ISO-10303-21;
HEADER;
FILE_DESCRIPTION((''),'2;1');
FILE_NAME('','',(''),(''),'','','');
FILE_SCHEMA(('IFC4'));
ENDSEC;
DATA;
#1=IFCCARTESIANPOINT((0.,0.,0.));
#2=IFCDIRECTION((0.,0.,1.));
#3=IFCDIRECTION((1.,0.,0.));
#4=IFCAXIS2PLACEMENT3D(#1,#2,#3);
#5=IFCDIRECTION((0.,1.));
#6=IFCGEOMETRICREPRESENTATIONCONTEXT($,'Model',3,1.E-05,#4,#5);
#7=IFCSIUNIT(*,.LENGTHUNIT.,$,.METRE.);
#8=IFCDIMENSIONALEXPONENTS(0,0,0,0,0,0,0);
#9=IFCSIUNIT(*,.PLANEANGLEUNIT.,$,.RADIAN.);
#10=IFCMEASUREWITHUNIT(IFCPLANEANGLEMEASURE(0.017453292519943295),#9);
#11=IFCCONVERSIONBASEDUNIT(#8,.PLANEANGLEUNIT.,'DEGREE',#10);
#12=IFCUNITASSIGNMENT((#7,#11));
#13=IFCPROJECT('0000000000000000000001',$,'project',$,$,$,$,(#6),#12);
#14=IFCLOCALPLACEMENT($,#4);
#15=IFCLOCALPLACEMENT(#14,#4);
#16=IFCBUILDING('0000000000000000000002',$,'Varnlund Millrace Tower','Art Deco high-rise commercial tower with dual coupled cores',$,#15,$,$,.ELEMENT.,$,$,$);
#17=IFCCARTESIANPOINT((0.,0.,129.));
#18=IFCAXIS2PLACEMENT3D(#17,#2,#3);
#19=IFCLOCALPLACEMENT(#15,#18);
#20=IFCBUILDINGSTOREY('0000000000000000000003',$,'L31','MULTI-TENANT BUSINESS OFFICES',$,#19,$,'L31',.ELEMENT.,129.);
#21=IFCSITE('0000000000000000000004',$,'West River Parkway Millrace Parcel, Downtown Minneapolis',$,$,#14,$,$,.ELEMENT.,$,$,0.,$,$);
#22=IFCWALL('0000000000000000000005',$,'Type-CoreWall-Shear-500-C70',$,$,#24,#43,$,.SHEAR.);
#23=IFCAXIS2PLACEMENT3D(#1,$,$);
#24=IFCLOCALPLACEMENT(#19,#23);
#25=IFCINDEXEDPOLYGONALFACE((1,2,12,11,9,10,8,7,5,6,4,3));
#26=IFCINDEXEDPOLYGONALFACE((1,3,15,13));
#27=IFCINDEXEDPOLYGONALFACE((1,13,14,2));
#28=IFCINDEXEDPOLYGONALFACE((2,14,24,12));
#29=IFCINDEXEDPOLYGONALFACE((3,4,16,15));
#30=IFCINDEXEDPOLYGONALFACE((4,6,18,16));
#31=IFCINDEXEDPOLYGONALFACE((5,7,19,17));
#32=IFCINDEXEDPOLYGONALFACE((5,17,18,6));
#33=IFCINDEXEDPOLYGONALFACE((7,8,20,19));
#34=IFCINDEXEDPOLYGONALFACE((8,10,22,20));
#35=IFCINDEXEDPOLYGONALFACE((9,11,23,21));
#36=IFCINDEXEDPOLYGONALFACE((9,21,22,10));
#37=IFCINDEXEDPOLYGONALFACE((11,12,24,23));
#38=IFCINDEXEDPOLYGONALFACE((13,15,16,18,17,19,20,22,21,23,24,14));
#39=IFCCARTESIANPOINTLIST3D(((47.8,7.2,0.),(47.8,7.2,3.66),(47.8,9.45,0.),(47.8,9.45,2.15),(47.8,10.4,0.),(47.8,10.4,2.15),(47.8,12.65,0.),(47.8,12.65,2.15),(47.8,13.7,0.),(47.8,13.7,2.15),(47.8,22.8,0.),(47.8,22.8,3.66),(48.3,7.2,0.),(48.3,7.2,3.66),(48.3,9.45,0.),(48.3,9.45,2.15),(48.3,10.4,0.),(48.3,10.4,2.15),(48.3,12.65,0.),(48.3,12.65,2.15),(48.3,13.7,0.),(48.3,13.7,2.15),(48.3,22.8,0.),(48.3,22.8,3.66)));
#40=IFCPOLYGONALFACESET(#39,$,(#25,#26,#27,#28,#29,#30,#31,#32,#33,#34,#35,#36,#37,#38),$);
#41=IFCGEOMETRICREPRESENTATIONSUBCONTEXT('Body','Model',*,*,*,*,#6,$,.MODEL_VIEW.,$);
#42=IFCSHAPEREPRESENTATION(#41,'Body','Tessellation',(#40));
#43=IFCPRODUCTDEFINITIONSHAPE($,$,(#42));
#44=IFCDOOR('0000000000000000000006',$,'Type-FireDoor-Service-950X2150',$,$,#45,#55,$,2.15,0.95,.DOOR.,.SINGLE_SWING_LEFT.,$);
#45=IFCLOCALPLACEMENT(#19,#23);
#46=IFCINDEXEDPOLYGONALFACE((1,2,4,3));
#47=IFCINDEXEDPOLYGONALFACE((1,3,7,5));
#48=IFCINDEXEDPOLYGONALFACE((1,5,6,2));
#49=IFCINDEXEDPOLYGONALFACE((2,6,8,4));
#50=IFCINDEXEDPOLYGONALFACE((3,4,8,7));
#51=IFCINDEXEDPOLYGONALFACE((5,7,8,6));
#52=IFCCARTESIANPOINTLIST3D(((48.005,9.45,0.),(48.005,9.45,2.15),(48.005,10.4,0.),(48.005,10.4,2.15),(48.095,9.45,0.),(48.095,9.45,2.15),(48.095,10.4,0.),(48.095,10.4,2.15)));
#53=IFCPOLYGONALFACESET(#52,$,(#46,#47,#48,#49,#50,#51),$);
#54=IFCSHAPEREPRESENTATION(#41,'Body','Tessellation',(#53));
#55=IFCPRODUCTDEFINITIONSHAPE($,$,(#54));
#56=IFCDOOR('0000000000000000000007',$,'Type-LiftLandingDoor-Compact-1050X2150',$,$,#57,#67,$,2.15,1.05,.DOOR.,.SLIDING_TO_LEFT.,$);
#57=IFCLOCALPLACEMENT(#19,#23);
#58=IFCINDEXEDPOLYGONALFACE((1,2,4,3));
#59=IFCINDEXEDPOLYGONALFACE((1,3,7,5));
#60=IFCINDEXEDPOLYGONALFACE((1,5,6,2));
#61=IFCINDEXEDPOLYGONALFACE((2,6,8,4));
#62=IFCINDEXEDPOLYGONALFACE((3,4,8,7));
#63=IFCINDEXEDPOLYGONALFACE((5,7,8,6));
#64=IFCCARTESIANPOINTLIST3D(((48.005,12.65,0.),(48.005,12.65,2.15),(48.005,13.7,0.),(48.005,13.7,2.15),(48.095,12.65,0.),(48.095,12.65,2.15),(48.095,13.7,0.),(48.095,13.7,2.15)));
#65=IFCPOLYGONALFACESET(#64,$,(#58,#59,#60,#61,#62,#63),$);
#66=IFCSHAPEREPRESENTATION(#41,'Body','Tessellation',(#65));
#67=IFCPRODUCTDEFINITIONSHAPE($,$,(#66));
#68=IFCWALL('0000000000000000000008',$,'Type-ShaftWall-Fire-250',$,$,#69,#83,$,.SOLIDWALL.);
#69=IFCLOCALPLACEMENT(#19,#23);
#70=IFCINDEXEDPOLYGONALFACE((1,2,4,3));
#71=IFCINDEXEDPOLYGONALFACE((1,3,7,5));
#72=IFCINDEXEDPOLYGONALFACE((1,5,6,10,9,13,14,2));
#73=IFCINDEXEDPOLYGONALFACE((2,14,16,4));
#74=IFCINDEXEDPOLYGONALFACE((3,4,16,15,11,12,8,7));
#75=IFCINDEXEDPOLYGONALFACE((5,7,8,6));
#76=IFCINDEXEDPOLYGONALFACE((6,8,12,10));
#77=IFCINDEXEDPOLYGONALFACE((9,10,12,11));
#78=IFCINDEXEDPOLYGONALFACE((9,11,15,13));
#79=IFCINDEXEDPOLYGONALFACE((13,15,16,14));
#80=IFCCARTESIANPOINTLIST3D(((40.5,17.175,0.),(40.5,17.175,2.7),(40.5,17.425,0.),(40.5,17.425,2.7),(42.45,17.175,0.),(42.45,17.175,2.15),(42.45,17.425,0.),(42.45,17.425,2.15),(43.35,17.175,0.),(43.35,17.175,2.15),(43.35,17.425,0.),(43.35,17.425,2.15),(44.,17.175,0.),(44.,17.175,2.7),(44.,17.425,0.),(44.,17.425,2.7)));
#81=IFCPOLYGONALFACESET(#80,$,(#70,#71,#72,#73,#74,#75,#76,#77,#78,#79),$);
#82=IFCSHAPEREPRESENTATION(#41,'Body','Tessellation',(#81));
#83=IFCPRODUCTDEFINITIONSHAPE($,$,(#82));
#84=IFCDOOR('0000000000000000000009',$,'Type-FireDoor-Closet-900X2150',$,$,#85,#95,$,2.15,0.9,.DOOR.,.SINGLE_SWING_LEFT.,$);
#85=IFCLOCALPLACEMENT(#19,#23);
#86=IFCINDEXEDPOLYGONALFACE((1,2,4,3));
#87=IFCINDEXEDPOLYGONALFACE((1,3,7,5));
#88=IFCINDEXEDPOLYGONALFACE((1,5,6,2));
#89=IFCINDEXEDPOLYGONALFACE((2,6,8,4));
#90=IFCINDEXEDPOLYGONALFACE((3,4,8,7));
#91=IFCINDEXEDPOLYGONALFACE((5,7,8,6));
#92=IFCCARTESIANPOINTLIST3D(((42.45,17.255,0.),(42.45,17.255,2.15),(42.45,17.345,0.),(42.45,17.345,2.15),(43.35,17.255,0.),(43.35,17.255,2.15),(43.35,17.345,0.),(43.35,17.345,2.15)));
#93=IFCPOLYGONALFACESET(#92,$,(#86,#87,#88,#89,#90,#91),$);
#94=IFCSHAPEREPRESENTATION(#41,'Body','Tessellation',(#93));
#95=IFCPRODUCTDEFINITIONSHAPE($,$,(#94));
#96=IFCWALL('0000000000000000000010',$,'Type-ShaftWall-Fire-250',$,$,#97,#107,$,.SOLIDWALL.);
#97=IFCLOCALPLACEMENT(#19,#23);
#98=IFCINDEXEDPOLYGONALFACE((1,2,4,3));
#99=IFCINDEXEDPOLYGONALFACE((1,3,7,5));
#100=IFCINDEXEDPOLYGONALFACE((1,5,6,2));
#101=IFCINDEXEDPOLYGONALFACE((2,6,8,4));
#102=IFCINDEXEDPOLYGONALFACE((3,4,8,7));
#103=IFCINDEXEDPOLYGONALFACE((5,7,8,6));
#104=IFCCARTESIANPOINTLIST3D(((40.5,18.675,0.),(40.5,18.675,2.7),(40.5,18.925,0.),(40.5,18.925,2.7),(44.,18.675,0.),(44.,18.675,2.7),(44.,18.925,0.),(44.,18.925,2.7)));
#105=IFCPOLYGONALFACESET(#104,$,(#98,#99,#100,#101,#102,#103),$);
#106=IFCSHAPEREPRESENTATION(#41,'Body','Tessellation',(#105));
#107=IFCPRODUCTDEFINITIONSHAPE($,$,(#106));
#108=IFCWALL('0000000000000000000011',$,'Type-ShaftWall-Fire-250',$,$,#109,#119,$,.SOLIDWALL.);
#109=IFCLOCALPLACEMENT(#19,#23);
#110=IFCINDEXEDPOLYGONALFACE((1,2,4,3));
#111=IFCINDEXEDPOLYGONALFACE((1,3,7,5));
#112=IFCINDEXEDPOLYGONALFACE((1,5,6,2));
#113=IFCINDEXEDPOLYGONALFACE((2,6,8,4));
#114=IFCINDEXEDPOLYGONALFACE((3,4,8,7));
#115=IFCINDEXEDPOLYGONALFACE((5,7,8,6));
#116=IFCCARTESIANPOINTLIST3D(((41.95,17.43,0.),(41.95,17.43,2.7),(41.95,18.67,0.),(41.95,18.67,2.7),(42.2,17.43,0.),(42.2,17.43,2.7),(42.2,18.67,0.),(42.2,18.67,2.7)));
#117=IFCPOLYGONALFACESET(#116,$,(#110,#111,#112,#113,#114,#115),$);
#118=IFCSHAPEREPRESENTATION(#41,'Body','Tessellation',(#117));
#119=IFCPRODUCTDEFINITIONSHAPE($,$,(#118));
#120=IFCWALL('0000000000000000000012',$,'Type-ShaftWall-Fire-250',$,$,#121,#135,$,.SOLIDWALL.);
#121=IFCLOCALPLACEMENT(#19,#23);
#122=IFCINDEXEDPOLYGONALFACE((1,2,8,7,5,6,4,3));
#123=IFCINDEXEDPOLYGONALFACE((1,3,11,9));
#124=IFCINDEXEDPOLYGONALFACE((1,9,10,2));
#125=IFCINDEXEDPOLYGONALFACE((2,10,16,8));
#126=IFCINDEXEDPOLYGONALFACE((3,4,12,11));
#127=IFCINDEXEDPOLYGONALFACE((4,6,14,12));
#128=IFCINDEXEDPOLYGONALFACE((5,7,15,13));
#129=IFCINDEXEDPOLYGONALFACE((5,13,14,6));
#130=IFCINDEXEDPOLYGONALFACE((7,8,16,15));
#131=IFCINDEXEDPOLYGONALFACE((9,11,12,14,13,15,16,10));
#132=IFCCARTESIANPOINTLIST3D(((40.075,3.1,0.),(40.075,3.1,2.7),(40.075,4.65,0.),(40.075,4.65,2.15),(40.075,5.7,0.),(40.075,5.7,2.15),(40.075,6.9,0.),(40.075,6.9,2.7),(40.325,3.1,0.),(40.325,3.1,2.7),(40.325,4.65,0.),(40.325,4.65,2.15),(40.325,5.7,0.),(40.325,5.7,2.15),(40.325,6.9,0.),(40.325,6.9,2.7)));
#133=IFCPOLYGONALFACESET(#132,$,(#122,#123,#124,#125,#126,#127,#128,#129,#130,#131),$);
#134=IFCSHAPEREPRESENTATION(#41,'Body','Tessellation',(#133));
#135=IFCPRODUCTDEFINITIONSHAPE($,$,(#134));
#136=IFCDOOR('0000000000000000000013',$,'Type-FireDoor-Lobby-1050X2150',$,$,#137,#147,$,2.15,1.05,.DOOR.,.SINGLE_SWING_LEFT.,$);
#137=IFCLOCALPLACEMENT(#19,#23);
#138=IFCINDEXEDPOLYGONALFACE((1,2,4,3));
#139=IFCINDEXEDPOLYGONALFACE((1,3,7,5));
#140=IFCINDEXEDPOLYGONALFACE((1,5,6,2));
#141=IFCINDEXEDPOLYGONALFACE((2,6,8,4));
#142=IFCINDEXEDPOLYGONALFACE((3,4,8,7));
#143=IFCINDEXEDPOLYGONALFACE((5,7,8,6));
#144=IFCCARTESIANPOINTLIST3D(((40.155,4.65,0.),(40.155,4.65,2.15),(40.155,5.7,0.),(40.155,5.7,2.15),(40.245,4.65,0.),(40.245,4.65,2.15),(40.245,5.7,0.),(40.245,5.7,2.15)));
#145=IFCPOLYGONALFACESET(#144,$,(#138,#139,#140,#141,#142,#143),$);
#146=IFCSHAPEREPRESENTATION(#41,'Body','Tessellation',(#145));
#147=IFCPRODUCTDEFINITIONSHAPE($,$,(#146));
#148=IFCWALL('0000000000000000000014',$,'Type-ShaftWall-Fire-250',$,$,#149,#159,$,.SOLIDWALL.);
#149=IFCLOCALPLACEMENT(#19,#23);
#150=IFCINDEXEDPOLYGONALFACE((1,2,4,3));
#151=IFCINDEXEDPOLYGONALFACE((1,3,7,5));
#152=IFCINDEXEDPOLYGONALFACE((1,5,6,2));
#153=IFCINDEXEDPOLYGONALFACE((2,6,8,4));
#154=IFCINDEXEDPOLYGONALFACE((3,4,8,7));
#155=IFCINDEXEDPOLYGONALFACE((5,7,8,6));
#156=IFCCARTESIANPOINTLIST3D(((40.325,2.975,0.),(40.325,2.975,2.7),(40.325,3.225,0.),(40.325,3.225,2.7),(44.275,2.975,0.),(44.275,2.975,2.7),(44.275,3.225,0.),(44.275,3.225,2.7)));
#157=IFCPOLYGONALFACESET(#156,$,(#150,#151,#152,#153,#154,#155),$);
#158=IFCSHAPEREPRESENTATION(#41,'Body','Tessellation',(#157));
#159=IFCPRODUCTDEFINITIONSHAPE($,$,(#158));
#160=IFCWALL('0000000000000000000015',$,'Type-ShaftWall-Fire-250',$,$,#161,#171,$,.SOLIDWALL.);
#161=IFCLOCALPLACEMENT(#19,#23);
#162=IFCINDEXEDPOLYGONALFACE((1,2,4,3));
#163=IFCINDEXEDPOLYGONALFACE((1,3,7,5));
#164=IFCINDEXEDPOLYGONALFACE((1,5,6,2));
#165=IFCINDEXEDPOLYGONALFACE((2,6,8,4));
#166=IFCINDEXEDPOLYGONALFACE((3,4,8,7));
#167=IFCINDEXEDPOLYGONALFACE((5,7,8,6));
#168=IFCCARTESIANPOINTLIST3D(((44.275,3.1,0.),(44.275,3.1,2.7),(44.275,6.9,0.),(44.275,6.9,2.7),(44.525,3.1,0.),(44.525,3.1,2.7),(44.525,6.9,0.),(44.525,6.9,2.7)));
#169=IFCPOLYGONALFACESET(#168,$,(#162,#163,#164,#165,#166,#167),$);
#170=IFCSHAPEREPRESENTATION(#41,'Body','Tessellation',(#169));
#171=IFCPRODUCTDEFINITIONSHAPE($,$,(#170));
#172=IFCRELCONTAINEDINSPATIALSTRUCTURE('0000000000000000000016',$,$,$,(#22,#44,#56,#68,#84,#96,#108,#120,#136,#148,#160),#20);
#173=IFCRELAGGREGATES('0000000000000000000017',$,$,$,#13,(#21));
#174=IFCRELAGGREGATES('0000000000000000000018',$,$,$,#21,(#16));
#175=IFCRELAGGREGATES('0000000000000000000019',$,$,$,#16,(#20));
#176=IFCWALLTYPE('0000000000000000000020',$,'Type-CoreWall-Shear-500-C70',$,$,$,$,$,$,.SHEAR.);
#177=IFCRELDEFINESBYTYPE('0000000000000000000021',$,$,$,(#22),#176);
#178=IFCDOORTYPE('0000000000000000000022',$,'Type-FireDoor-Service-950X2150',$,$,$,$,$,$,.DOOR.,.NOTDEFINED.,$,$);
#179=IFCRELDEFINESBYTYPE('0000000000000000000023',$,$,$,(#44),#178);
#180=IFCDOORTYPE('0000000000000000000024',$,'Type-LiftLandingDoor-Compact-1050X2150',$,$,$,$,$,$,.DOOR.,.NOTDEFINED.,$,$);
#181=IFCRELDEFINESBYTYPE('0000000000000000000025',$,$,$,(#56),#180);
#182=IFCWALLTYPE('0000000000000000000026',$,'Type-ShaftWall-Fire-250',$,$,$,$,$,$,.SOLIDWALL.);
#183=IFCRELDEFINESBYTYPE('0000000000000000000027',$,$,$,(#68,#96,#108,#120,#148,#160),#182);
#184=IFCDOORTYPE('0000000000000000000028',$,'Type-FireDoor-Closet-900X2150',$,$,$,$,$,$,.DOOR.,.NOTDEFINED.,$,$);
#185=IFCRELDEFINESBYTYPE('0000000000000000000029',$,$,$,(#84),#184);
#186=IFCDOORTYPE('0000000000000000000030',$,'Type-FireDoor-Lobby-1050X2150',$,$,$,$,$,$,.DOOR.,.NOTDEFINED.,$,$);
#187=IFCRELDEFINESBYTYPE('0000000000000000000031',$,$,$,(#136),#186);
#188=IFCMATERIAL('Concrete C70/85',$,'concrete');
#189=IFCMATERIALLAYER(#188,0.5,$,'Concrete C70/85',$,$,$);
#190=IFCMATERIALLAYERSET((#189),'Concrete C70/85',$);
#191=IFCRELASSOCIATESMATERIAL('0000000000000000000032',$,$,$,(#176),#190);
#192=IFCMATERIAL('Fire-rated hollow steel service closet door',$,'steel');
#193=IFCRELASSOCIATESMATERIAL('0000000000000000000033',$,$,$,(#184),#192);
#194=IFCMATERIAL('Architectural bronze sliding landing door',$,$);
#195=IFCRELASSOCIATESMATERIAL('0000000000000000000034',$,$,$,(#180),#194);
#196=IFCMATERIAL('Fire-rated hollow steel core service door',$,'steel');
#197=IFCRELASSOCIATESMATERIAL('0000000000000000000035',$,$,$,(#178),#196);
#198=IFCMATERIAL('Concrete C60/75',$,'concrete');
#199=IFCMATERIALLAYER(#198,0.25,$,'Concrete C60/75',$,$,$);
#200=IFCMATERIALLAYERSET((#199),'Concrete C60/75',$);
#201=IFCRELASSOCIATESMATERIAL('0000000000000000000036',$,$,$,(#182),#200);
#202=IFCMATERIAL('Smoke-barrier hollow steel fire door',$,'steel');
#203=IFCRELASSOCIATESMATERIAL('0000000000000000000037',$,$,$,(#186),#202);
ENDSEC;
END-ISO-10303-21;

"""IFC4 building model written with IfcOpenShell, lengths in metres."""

from ifc_helpers import new_model, entity, si_unit, converted_unit, direction, frame, origin_with_axes, origin_2d_with_axis, place, context, subcontext, project, spatial, polyline, rectangle, outline, extrude, material, layer, layer_set, type_object, element, fill, save


model = new_model("IFC4")

# Units and contexts
model_context = context("Model", 3, precision=1e-05, world=origin_with_axes(), true_north=direction((0.0, 1.0)))
body_context = subcontext(model_context, "Body", "Model", "MODEL_VIEW")
ifc_project = project(units=[si_unit("LENGTHUNIT", "METRE"), converted_unit("PLANEANGLEUNIT", "DEGREE", entity("IfcPlaneAngleMeasure", 0.017453292519943295), si_unit("PLANEANGLEUNIT", "RADIAN"), dimensions=[0, 0, 0, 0, 0, 0, 0])], contexts=[model_context])

# Site, building, storey
site_placement = place(None, origin_with_axes())
site = spatial("IfcSite", under=ifc_project, at=site_placement, Name="West River Parkway Millrace Parcel, Downtown Minneapolis", CompositionType="ELEMENT", RefElevation=0.0)
building_placement = place(site_placement, origin_with_axes())
building = spatial("IfcBuilding", under=site, at=building_placement, Name="Varnlund Millrace Tower", Description="Art Deco high-rise commercial tower with dual coupled cores", CompositionType="ELEMENT")
storey_placement = place(building_placement, frame((0.0, 0.0, 129.0), z_axis=(0.0, 0.0, 1.0), x_axis=(1.0, 0.0, 0.0)))
storey = spatial("IfcBuildingStorey", under=building, at=storey_placement, Name="L31", Description="MULTI-TENANT BUSINESS OFFICES", LongName="L31", CompositionType="ELEMENT", Elevation=129.0)

# Shared definitions
ifc_material_1 = material(Name="Concrete C70/85", Category="concrete")

# Shared definitions
ifc_layer_1 = layer(ifc_material_1, 0.5, Name="Concrete C70/85")
ifc_layer_set_1 = layer_set([ifc_layer_1], Name="Concrete C70/85")
wall_type_1 = type_object("IfcWallType", Name="Type-CoreWall-Shear-500-C70", PredefinedType="SHEAR", material=ifc_layer_set_1)
ifc_material_2 = material(Name="Fire-rated hollow steel service closet door", Category="steel")
door_type_1 = type_object("IfcDoorType", Name="Type-FireDoor-Closet-900X2150", OperationType="NOTDEFINED", PredefinedType="DOOR", material=ifc_material_2)
ifc_material_3 = material(Name="Architectural bronze sliding landing door")
door_type_2 = type_object("IfcDoorType", Name="Type-LiftLandingDoor-Compact-1050X2150", OperationType="NOTDEFINED", PredefinedType="DOOR", material=ifc_material_3)

# Wall, openings, doors
wall_1_placement = place(storey_placement, frame((48.05, 7.2, 0.0), z_axis=(0.0, 0.0, 1.0), x_axis=(0.0, 1.0, 0.0)))
wall_1 = element("IfcWall", 1, at=wall_1_placement, inside=storey, type_object=wall_type_1, Name="Type-CoreWall-Shear-500-C70", PredefinedType="SHEAR", context=body_context, shape_type="SweptSolid", body=[
    extrude(outline(polyline([(0.0, -0.25), (15.6, -0.25), (15.6, 0.25), (0.0, 0.25), (0.0, -0.25)])), origin_with_axes(), (0.0, 0.0, 1.0), 3.66),
])
opening_1_placement = place(wall_1_placement, frame((5.975, 0.0, 0.0), z_axis=(0.0, 0.0, 1.0), x_axis=(1.0, 0.0, 0.0)))
opening_1 = element("IfcOpeningElement", 2, at=opening_1_placement, cuts=wall_1, PredefinedType="OPENING", context=body_context, shape_type="SweptSolid", body=[
    extrude(rectangle(XDim=1.05, YDim=0.52, at=origin_2d_with_axis()), origin_with_axes(), (0.0, 0.0, 1.0), 2.15),
])
opening_2_placement = place(wall_1_placement, frame((2.725, 0.0, 0.0), z_axis=(0.0, 0.0, 1.0), x_axis=(1.0, 0.0, 0.0)))
opening_2 = element("IfcOpeningElement", 3, at=opening_2_placement, cuts=wall_1, PredefinedType="OPENING", context=body_context, shape_type="SweptSolid", body=[
    extrude(rectangle(XDim=0.95, YDim=0.52, at=origin_2d_with_axis()), origin_with_axes(), (0.0, 0.0, 1.0), 2.15),
])
ifc_material_4 = material(Name="Fire-rated hollow steel core service door", Category="steel")
door_type_3 = type_object("IfcDoorType", Name="Type-FireDoor-Service-950X2150", OperationType="NOTDEFINED", PredefinedType="DOOR", material=ifc_material_4)
door_1_placement = place(wall_1_placement, frame((2.725, 0.0, 0.0), z_axis=(0.0, 0.0, 1.0), x_axis=(1.0, 0.0, 0.0)))
door_1 = element("IfcDoor", 4, at=door_1_placement, inside=storey, type_object=door_type_3, Name="Type-FireDoor-Service-950X2150", OperationType="SINGLE_SWING_LEFT", OverallHeight=2.15, OverallWidth=0.95, PredefinedType="DOOR", context=body_context, shape_type="SweptSolid", body=[
    extrude(rectangle(XDim=0.95, YDim=0.09, at=origin_2d_with_axis()), origin_with_axes(), (0.0, 0.0, 1.0), 2.15),
])
fill(opening_2, door_1)
door_2_placement = place(wall_1_placement, frame((5.975, 0.0, 0.0), z_axis=(0.0, 0.0, 1.0), x_axis=(1.0, 0.0, 0.0)))
door_2 = element("IfcDoor", 5, at=door_2_placement, inside=storey, type_object=door_type_2, Name="Type-LiftLandingDoor-Compact-1050X2150", OperationType="SLIDING_TO_LEFT", OverallHeight=2.15, OverallWidth=1.05, PredefinedType="DOOR", context=body_context, shape_type="SweptSolid", body=[
    extrude(rectangle(XDim=1.05, YDim=0.09, at=origin_2d_with_axis()), origin_with_axes(), (0.0, 0.0, 1.0), 2.15),
])
fill(opening_1, door_2)

# Wall, opening, door
ifc_material_5 = material(Name="Concrete C60/75", Category="concrete")
ifc_layer_2 = layer(ifc_material_5, 0.25, Name="Concrete C60/75")
ifc_layer_set_2 = layer_set([ifc_layer_2], Name="Concrete C60/75")
wall_type_2 = type_object("IfcWallType", Name="Type-ShaftWall-Fire-250", PredefinedType="SOLIDWALL", material=ifc_layer_set_2)
wall_2_placement = place(storey_placement, frame((40.5, 17.3, 0.0), z_axis=(0.0, 0.0, 1.0), x_axis=(1.0, 0.0, 0.0)))
wall_2 = element("IfcWall", 6, at=wall_2_placement, inside=storey, type_object=wall_type_2, Name="Type-ShaftWall-Fire-250", PredefinedType="SOLIDWALL", context=body_context, shape_type="SweptSolid", body=[
    extrude(outline(polyline([(0.0, -0.125), (3.5, -0.125), (3.5, 0.125), (0.0, 0.125), (0.0, -0.125)])), origin_with_axes(), (0.0, 0.0, 1.0), 2.7),
])
opening_3_placement = place(wall_2_placement, frame((2.4, 0.0, 0.0), z_axis=(0.0, 0.0, 1.0), x_axis=(1.0, 0.0, 0.0)))
opening_3 = element("IfcOpeningElement", 7, at=opening_3_placement, cuts=wall_2, PredefinedType="OPENING", context=body_context, shape_type="SweptSolid", body=[
    extrude(rectangle(XDim=0.9, YDim=0.27, at=origin_2d_with_axis()), origin_with_axes(), (0.0, 0.0, 1.0), 2.15),
])
door_3_placement = place(wall_2_placement, frame((2.4, 0.0, 0.0), z_axis=(0.0, 0.0, 1.0), x_axis=(1.0, 0.0, 0.0)))
door_3 = element("IfcDoor", 8, at=door_3_placement, inside=storey, type_object=door_type_1, Name="Type-FireDoor-Closet-900X2150", OperationType="SINGLE_SWING_LEFT", OverallHeight=2.15, OverallWidth=0.9, PredefinedType="DOOR", context=body_context, shape_type="SweptSolid", body=[
    extrude(rectangle(XDim=0.9, YDim=0.09, at=origin_2d_with_axis()), origin_with_axes(), (0.0, 0.0, 1.0), 2.15),
])
fill(opening_3, door_3)

# Walls
wall_3_placement = place(storey_placement, frame((40.5, 18.8, 0.0), z_axis=(0.0, 0.0, 1.0), x_axis=(1.0, 0.0, 0.0)))
element("IfcWall", 9, at=wall_3_placement, inside=storey, type_object=wall_type_2, Name="Type-ShaftWall-Fire-250", PredefinedType="SOLIDWALL", context=body_context, shape_type="SweptSolid", body=[
    extrude(outline(polyline([(0.0, -0.125), (3.5, -0.125), (3.5, 0.125), (0.0, 0.125), (0.0, -0.125)])), origin_with_axes(), (0.0, 0.0, 1.0), 2.7),
])
wall_4_placement = place(storey_placement, frame((42.075, 17.43, 0.0), z_axis=(0.0, 0.0, 1.0), x_axis=(0.0, 1.0, 0.0)))
element("IfcWall", 10, at=wall_4_placement, inside=storey, type_object=wall_type_2, Name="Type-ShaftWall-Fire-250", PredefinedType="SOLIDWALL", context=body_context, shape_type="SweptSolid", body=[
    extrude(outline(polyline([(0.0, -0.125), (1.24, -0.125), (1.24, 0.125), (0.0, 0.125), (0.0, -0.125)])), origin_with_axes(), (0.0, 0.0, 1.0), 2.7),
])

# Wall, opening, door
wall_5_placement = place(storey_placement, frame((40.2, 3.1, 0.0), z_axis=(0.0, 0.0, 1.0), x_axis=(0.0, 1.0, 0.0)))
wall_5 = element("IfcWall", 11, at=wall_5_placement, inside=storey, type_object=wall_type_2, Name="Type-ShaftWall-Fire-250", PredefinedType="SOLIDWALL", context=body_context, shape_type="SweptSolid", body=[
    extrude(outline(polyline([(0.0, -0.125), (3.8, -0.125), (3.8, 0.125), (0.0, 0.125), (0.0, -0.125)])), origin_with_axes(), (0.0, 0.0, 1.0), 2.7),
])
opening_4_placement = place(wall_5_placement, frame((2.075, 0.0, 0.0), z_axis=(0.0, 0.0, 1.0), x_axis=(1.0, 0.0, 0.0)))
opening_4 = element("IfcOpeningElement", 12, at=opening_4_placement, cuts=wall_5, PredefinedType="OPENING", context=body_context, shape_type="SweptSolid", body=[
    extrude(rectangle(XDim=1.05, YDim=0.27, at=origin_2d_with_axis()), origin_with_axes(), (0.0, 0.0, 1.0), 2.15),
])
ifc_material_6 = material(Name="Smoke-barrier hollow steel fire door", Category="steel")
door_type_4 = type_object("IfcDoorType", Name="Type-FireDoor-Lobby-1050X2150", OperationType="NOTDEFINED", PredefinedType="DOOR", material=ifc_material_6)
door_4_placement = place(wall_5_placement, frame((2.075, 0.0, 0.0), z_axis=(0.0, 0.0, 1.0), x_axis=(1.0, 0.0, 0.0)))
door_4 = element("IfcDoor", 13, at=door_4_placement, inside=storey, type_object=door_type_4, Name="Type-FireDoor-Lobby-1050X2150", OperationType="SINGLE_SWING_LEFT", OverallHeight=2.15, OverallWidth=1.05, PredefinedType="DOOR", context=body_context, shape_type="SweptSolid", body=[
    extrude(rectangle(XDim=1.05, YDim=0.09, at=origin_2d_with_axis()), origin_with_axes(), (0.0, 0.0, 1.0), 2.15),
])
fill(opening_4, door_4)

# Walls
wall_6_placement = place(storey_placement, frame((40.325, 3.1, 0.0), z_axis=(0.0, 0.0, 1.0), x_axis=(1.0, 0.0, 0.0)))
element("IfcWall", 14, at=wall_6_placement, inside=storey, type_object=wall_type_2, Name="Type-ShaftWall-Fire-250", PredefinedType="SOLIDWALL", context=body_context, shape_type="SweptSolid", body=[
    extrude(outline(polyline([(0.0, -0.125), (3.95, -0.125), (3.95, 0.125), (0.0, 0.125), (0.0, -0.125)])), origin_with_axes(), (0.0, 0.0, 1.0), 2.7),
])
wall_7_placement = place(storey_placement, frame((44.4, 3.1, 0.0), z_axis=(0.0, 0.0, 1.0), x_axis=(0.0, 1.0, 0.0)))
element("IfcWall", 15, at=wall_7_placement, inside=storey, type_object=wall_type_2, Name="Type-ShaftWall-Fire-250", PredefinedType="SOLIDWALL", context=body_context, shape_type="SweptSolid", body=[
    extrude(outline(polyline([(0.0, -0.125), (3.8, -0.125), (3.8, 0.125), (0.0, 0.125), (0.0, -0.125)])), origin_with_axes(), (0.0, 0.0, 1.0), 2.7),
])

save(model, "model.ifc")
